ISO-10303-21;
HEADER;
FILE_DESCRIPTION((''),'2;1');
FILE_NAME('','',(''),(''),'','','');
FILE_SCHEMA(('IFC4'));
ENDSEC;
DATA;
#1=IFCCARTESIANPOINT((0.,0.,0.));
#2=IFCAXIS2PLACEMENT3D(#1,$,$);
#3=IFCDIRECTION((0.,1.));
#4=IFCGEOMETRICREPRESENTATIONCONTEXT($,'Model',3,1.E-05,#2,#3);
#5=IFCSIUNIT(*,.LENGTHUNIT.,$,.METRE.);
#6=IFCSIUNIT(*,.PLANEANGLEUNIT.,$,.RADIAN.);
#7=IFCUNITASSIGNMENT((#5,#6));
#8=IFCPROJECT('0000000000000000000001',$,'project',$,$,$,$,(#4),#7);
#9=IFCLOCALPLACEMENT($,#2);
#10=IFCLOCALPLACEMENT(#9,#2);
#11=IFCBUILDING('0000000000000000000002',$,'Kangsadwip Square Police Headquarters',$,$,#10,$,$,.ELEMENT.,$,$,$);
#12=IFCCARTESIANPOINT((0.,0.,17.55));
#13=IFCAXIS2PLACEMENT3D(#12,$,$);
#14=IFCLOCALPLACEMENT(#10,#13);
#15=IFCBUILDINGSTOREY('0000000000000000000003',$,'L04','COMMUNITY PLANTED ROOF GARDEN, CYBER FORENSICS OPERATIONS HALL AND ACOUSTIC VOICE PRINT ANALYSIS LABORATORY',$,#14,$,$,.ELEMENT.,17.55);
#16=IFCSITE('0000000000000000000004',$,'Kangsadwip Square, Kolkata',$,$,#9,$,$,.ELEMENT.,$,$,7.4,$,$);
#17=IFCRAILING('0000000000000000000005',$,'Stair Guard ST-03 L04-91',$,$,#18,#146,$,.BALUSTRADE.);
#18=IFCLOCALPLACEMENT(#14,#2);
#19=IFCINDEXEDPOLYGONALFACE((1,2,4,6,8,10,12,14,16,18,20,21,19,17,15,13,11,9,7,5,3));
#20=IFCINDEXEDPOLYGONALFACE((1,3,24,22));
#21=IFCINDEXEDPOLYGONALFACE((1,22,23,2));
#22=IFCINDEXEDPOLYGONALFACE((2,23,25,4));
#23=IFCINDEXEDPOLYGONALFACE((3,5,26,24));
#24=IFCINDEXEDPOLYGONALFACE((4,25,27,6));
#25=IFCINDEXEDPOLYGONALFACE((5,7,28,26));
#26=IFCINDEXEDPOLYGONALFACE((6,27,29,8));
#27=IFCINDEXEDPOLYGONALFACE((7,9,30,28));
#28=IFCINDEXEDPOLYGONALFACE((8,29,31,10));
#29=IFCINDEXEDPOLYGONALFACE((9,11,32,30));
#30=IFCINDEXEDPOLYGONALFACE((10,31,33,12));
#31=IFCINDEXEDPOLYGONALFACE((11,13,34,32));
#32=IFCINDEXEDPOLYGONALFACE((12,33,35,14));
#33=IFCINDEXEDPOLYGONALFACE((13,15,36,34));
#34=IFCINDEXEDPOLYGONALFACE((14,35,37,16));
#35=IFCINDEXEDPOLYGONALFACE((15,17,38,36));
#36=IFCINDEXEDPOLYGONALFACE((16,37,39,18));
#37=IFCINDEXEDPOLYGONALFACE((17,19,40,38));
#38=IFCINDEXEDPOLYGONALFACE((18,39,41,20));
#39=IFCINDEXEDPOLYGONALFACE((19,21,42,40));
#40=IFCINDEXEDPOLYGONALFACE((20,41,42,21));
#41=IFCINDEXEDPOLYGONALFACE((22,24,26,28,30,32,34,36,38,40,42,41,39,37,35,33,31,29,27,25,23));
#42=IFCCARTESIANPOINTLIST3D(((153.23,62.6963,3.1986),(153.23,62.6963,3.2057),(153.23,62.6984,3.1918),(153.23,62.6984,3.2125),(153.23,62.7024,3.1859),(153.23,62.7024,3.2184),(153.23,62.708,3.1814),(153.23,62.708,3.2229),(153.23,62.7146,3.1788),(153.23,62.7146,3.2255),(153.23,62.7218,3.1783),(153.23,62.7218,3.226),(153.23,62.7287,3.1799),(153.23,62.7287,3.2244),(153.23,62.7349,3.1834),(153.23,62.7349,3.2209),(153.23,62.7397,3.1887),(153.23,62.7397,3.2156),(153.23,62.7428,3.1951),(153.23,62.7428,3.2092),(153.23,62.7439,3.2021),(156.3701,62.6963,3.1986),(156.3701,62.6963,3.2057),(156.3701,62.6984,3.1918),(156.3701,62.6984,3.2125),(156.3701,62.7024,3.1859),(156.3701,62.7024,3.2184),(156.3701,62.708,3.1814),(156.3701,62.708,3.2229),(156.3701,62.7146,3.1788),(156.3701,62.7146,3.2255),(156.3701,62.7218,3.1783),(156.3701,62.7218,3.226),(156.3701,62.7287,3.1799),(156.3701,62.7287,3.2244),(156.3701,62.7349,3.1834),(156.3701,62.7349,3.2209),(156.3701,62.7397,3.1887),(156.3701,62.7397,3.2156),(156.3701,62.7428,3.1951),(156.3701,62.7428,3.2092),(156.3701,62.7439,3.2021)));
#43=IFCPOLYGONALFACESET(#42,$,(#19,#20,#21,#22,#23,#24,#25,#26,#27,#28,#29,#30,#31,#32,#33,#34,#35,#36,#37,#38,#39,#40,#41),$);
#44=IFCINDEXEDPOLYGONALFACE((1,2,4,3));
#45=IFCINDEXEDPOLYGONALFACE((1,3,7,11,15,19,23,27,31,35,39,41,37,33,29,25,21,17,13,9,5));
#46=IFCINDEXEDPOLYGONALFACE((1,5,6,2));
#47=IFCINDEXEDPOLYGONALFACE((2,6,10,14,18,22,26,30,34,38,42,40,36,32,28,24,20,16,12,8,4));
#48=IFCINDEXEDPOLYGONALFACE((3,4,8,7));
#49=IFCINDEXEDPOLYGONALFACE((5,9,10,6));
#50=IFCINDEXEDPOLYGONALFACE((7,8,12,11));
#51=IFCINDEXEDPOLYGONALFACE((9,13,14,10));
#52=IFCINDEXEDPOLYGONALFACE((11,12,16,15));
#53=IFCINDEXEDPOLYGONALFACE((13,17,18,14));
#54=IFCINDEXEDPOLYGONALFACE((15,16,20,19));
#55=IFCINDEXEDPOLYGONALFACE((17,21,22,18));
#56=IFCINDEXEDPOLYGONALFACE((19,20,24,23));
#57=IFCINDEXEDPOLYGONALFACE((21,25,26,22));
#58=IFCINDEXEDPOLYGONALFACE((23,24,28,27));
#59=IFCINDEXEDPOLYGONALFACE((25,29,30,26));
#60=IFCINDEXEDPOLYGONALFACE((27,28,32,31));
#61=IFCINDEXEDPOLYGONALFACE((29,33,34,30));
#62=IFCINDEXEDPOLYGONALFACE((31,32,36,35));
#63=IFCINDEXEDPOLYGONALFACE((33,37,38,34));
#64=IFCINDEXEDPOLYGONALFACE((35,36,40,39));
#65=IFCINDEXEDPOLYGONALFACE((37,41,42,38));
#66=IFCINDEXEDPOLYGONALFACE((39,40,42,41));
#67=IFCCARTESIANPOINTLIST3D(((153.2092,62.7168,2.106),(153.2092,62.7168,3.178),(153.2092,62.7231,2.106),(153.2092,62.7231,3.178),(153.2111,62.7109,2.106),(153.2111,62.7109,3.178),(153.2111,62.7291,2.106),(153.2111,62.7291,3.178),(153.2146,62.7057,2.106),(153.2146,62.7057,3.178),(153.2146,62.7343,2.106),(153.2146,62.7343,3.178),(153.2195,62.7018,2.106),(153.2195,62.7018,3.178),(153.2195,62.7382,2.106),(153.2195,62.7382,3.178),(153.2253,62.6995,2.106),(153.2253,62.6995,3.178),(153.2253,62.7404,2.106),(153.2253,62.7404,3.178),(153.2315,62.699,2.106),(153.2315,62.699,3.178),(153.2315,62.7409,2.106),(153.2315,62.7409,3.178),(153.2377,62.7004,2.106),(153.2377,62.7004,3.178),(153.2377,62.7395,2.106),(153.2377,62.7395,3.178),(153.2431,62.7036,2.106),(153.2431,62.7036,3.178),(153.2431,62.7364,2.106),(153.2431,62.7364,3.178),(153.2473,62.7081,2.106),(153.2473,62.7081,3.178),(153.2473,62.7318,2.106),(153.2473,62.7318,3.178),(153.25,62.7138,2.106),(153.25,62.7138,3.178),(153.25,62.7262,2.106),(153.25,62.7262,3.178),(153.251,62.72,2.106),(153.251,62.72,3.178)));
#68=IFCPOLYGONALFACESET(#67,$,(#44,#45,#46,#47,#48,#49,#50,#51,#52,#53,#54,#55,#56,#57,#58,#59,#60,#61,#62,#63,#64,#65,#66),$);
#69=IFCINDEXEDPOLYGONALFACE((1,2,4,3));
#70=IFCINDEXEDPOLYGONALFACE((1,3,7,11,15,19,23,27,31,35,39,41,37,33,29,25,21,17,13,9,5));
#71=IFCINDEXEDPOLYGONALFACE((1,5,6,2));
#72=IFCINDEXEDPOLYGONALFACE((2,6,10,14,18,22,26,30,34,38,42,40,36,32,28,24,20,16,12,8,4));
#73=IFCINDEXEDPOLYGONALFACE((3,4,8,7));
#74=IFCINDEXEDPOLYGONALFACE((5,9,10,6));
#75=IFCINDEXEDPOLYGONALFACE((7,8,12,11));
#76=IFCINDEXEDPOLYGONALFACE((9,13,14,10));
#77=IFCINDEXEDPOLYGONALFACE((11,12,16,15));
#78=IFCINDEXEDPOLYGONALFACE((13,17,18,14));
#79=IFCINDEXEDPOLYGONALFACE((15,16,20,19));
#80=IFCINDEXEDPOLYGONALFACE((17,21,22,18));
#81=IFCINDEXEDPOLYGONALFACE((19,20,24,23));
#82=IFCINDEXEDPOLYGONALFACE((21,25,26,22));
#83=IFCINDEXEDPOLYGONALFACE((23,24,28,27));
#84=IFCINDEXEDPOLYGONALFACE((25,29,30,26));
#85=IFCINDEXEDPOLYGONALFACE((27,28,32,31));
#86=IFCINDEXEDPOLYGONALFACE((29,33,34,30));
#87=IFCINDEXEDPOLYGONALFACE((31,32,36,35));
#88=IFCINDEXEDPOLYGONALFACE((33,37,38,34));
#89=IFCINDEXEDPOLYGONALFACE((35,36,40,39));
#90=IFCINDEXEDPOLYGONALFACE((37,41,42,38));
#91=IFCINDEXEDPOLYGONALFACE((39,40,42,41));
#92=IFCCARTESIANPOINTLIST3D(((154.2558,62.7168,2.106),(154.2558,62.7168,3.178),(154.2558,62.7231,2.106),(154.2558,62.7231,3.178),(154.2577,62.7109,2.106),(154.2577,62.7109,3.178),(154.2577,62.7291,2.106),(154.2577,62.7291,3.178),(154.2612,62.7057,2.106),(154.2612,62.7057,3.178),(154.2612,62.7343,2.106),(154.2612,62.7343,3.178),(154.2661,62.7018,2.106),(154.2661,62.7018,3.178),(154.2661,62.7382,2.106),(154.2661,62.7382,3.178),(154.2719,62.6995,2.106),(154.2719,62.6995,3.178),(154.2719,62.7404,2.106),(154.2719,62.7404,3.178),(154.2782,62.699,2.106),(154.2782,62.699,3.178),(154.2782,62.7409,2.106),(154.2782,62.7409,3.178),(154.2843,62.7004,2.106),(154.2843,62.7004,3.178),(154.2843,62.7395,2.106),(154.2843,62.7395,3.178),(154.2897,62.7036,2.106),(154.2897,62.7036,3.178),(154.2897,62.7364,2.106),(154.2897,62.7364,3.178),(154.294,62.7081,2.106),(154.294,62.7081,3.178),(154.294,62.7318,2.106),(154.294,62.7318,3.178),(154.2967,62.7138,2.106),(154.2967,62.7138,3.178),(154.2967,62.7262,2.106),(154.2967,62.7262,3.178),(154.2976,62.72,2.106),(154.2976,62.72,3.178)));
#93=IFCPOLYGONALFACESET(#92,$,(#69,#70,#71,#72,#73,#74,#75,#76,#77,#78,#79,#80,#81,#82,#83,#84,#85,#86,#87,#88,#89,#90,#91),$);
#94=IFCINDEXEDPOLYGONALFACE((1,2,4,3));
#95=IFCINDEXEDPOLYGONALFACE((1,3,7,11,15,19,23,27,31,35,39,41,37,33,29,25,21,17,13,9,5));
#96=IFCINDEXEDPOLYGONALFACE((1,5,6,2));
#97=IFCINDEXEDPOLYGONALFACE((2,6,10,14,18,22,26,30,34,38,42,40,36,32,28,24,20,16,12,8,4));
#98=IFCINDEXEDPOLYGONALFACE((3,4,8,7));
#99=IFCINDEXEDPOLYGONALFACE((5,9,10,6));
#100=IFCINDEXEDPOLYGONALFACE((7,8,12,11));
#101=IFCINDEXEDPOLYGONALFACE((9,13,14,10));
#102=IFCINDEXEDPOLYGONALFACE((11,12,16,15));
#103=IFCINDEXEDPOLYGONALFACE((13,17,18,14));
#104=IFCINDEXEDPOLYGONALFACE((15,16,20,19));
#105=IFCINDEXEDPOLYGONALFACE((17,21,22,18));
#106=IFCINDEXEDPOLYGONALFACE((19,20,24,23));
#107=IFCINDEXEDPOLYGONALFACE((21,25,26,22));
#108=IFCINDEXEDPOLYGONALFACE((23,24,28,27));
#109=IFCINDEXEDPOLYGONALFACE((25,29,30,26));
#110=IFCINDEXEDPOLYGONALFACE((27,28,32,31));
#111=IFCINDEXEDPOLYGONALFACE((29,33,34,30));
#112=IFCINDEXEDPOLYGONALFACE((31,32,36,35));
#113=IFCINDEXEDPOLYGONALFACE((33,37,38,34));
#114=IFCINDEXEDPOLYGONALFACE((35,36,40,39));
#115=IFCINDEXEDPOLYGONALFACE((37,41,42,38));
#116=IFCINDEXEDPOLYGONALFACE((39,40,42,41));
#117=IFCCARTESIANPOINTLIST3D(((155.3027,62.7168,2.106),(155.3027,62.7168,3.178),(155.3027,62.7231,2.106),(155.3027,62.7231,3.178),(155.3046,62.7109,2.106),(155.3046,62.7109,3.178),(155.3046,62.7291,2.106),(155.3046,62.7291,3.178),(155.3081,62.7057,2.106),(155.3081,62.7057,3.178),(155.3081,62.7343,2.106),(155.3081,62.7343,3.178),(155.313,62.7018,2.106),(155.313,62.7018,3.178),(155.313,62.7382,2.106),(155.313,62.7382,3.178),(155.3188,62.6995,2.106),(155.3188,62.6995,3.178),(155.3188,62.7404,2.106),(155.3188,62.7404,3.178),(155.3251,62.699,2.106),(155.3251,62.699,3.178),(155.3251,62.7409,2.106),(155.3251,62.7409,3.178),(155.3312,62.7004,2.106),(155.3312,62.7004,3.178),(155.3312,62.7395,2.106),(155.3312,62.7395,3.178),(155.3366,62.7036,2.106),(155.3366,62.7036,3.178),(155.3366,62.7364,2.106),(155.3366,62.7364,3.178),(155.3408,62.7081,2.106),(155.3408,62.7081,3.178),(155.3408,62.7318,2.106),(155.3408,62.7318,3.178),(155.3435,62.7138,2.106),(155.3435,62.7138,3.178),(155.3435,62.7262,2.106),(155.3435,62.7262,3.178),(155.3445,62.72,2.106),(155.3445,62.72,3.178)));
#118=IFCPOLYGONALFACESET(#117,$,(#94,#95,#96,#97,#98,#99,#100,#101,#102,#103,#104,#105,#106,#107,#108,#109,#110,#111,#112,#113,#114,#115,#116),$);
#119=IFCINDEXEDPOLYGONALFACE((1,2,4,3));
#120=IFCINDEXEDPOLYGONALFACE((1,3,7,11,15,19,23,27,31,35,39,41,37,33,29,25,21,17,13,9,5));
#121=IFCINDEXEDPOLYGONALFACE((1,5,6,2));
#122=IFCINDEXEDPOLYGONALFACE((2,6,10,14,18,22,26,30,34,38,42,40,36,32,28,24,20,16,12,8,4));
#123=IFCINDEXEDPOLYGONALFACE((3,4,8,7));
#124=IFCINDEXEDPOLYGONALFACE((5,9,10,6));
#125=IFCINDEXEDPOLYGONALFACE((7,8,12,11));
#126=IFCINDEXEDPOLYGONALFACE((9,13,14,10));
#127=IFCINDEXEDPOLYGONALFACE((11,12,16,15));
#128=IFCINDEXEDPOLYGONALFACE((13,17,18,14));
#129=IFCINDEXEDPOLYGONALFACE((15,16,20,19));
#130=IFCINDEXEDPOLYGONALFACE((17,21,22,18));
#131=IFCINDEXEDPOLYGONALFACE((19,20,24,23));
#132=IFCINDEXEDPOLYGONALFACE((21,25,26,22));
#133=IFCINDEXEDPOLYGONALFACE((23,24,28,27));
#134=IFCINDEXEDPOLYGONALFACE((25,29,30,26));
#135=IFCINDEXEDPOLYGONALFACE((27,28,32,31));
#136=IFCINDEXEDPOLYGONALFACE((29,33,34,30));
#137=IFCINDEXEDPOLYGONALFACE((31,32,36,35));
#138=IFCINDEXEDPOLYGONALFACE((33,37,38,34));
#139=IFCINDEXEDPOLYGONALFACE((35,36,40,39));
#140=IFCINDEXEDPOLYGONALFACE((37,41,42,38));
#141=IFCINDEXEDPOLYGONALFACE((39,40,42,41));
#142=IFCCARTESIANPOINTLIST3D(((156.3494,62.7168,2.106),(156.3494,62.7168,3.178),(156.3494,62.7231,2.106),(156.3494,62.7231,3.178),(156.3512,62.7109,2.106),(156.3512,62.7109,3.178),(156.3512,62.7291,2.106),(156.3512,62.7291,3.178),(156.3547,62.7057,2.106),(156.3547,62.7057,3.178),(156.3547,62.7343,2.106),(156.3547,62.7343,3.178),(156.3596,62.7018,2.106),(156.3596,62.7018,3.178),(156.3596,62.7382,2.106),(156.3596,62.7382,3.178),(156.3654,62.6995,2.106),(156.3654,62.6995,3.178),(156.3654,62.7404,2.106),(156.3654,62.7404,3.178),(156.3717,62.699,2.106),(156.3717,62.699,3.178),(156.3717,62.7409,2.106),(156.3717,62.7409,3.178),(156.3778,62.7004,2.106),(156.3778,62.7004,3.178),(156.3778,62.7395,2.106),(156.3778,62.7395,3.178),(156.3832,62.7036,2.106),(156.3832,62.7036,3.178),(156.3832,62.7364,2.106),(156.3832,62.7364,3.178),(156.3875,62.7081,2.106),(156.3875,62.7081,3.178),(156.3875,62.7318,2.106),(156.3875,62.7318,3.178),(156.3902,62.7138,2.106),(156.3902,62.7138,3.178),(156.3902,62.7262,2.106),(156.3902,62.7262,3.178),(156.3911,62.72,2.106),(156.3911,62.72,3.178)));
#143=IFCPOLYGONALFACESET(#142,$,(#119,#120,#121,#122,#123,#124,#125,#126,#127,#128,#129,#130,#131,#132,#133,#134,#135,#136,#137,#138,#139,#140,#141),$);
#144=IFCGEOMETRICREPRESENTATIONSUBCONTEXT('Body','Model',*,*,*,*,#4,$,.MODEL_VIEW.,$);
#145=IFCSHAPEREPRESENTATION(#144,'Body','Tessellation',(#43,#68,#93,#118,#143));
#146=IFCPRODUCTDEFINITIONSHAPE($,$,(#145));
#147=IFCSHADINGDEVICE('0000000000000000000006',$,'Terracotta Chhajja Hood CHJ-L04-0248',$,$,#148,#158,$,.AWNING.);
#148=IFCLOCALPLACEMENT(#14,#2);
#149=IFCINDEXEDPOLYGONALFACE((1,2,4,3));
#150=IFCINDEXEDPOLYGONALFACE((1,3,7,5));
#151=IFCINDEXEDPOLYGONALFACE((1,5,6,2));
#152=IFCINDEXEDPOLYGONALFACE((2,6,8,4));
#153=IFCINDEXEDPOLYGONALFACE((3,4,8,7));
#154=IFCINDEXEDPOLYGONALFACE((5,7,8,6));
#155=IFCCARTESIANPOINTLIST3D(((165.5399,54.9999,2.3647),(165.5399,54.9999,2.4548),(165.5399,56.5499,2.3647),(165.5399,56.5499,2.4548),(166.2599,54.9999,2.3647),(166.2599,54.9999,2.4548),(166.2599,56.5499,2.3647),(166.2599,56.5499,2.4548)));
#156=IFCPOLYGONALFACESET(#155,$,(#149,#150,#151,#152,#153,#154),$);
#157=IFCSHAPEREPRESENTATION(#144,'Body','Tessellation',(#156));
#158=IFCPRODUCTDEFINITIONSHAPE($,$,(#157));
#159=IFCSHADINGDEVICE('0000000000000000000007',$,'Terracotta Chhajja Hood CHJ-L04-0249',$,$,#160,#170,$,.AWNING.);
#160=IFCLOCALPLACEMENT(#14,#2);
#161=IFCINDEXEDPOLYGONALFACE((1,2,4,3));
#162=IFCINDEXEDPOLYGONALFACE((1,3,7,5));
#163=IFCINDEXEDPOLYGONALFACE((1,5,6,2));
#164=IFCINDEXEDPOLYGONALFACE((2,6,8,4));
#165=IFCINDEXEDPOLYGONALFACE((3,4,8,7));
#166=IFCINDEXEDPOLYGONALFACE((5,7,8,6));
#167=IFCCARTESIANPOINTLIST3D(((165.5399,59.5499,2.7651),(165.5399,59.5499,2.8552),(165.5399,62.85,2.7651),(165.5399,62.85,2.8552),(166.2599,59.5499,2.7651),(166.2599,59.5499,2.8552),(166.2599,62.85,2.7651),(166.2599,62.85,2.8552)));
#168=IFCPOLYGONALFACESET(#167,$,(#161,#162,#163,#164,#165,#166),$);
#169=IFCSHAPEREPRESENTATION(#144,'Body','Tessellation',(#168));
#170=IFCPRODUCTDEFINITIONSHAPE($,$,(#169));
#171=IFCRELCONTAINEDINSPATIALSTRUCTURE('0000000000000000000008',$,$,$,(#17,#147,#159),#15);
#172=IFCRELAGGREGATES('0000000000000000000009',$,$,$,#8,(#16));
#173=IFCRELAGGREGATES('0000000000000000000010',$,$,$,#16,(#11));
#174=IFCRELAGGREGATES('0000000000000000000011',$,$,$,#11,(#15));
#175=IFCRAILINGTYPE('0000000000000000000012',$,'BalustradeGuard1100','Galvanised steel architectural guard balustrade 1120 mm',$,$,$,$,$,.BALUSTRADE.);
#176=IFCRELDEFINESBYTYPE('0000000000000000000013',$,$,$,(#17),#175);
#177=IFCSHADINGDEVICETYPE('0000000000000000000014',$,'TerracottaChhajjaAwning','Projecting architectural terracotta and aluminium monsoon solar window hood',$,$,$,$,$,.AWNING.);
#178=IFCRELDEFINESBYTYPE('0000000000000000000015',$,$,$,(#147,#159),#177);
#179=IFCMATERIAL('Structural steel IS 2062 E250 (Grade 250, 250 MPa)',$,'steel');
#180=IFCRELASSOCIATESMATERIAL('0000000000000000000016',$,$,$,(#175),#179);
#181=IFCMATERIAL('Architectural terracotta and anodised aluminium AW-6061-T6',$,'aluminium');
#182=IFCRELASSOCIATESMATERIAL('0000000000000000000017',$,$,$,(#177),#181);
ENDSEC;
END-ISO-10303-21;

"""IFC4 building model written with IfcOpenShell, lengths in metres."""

from ifc_helpers import new_model, si_unit, direction, frame, origin, origin_2d, place, context, subcontext, project, spatial, rectangle, circle, extrude, material, type_object, element, save


model = new_model("IFC4")

# Units and contexts
model_context = context("Model", 3, precision=1e-05, world=origin(), true_north=direction((0.0, 1.0)))
body_context = subcontext(model_context, "Body", "Model", "MODEL_VIEW")
ifc_project = project(units=[si_unit("LENGTHUNIT", "METRE"), si_unit("PLANEANGLEUNIT", "RADIAN")], contexts=[model_context])

# Site, building, storey
site_placement = place(None, origin())
site = spatial("IfcSite", under=ifc_project, at=site_placement, Name="Kangsadwip Square, Kolkata", CompositionType="ELEMENT", RefElevation=7.4)
building_placement = place(site_placement, origin())
building = spatial("IfcBuilding", under=site, at=building_placement, Name="Kangsadwip Square Police Headquarters", CompositionType="ELEMENT")
storey_placement = place(building_placement, frame((0.0, 0.0, 17.55)))
storey = spatial("IfcBuildingStorey", under=building, at=storey_placement, Name="L04", Description="COMMUNITY PLANTED ROOF GARDEN, CYBER FORENSICS OPERATIONS HALL AND ACOUSTIC VOICE PRINT ANALYSIS LABORATORY", CompositionType="ELEMENT", Elevation=17.55)

# Railing
ifc_material_1 = material(Name="Structural steel IS 2062 E250 (Grade 250, 250 MPa)", Category="steel")
railing_type = type_object("IfcRailingType", Name="BalustradeGuard1100", Description="Galvanised steel architectural guard balustrade 1120 mm", PredefinedType="BALUSTRADE", material=ifc_material_1)
for number, where, name in (
    (1, (153.23, 62.72, 2.106), "Stair Guard ST-03 L04-91"),
):
    element("IfcRailing", number, at=place(storey_placement, frame(where)), inside=storey, type_object=railing_type, Name=name, PredefinedType="BALUSTRADE", context=body_context, shape_type="SweptSolid", body=[
        extrude(circle(Radius=0.0239, at=origin_2d()), frame((0.0, 0.0, 1.0962), z_axis=(1.0, 0.0, 0.0), x_axis=(0.0, 1.0, 0.0)), (0.0, 0.0, 1.0), 3.1401),
        extrude(circle(Radius=0.021, at=origin_2d()), origin(), (0.0, 0.0, 1.0), 1.072),
        extrude(circle(Radius=0.021, at=origin_2d()), frame((1.0466, 0.0, 0.0)), (0.0, 0.0, 1.0), 1.072),
        extrude(circle(Radius=0.021, at=origin_2d()), frame((2.0935, 0.0, 0.0)), (0.0, 0.0, 1.0), 1.072),
        extrude(circle(Radius=0.021, at=origin_2d()), frame((3.1401, 0.0, 0.0)), (0.0, 0.0, 1.0), 1.072),
    ])

# Shading devices
ifc_material_2 = material(Name="Architectural terracotta and anodised aluminium AW-6061-T6", Category="aluminium")
shading_device_type = type_object("IfcShadingDeviceType", Name="TerracottaChhajjaAwning", Description="Projecting architectural terracotta and aluminium monsoon solar window hood", PredefinedType="AWNING", material=ifc_material_2)
shading_device_1_placement = place(storey_placement, frame((165.8999, 55.7749, 2.3647), z_axis=(0.0, 0.0, 1.0), x_axis=(0.0, 1.0, 0.0)))
element("IfcShadingDevice", 2, at=shading_device_1_placement, inside=storey, type_object=shading_device_type, Name="Terracotta Chhajja Hood CHJ-L04-0248", PredefinedType="AWNING", context=body_context, shape_type="SweptSolid", body=[
    extrude(rectangle(XDim=1.55, YDim=0.72, at=origin_2d()), origin(), (0.0, 0.0, 1.0), 0.0901),
])
shading_device_2_placement = place(storey_placement, frame((165.8999, 61.2, 2.7651), z_axis=(0.0, 0.0, 1.0), x_axis=(0.0, 1.0, 0.0)))
element("IfcShadingDevice", 3, at=shading_device_2_placement, inside=storey, type_object=shading_device_type, Name="Terracotta Chhajja Hood CHJ-L04-0249", PredefinedType="AWNING", context=body_context, shape_type="SweptSolid", body=[
    extrude(rectangle(XDim=3.3, YDim=0.72, at=origin_2d()), origin(), (0.0, 0.0, 1.0), 0.0901),
])

save(model, "model.ifc")
